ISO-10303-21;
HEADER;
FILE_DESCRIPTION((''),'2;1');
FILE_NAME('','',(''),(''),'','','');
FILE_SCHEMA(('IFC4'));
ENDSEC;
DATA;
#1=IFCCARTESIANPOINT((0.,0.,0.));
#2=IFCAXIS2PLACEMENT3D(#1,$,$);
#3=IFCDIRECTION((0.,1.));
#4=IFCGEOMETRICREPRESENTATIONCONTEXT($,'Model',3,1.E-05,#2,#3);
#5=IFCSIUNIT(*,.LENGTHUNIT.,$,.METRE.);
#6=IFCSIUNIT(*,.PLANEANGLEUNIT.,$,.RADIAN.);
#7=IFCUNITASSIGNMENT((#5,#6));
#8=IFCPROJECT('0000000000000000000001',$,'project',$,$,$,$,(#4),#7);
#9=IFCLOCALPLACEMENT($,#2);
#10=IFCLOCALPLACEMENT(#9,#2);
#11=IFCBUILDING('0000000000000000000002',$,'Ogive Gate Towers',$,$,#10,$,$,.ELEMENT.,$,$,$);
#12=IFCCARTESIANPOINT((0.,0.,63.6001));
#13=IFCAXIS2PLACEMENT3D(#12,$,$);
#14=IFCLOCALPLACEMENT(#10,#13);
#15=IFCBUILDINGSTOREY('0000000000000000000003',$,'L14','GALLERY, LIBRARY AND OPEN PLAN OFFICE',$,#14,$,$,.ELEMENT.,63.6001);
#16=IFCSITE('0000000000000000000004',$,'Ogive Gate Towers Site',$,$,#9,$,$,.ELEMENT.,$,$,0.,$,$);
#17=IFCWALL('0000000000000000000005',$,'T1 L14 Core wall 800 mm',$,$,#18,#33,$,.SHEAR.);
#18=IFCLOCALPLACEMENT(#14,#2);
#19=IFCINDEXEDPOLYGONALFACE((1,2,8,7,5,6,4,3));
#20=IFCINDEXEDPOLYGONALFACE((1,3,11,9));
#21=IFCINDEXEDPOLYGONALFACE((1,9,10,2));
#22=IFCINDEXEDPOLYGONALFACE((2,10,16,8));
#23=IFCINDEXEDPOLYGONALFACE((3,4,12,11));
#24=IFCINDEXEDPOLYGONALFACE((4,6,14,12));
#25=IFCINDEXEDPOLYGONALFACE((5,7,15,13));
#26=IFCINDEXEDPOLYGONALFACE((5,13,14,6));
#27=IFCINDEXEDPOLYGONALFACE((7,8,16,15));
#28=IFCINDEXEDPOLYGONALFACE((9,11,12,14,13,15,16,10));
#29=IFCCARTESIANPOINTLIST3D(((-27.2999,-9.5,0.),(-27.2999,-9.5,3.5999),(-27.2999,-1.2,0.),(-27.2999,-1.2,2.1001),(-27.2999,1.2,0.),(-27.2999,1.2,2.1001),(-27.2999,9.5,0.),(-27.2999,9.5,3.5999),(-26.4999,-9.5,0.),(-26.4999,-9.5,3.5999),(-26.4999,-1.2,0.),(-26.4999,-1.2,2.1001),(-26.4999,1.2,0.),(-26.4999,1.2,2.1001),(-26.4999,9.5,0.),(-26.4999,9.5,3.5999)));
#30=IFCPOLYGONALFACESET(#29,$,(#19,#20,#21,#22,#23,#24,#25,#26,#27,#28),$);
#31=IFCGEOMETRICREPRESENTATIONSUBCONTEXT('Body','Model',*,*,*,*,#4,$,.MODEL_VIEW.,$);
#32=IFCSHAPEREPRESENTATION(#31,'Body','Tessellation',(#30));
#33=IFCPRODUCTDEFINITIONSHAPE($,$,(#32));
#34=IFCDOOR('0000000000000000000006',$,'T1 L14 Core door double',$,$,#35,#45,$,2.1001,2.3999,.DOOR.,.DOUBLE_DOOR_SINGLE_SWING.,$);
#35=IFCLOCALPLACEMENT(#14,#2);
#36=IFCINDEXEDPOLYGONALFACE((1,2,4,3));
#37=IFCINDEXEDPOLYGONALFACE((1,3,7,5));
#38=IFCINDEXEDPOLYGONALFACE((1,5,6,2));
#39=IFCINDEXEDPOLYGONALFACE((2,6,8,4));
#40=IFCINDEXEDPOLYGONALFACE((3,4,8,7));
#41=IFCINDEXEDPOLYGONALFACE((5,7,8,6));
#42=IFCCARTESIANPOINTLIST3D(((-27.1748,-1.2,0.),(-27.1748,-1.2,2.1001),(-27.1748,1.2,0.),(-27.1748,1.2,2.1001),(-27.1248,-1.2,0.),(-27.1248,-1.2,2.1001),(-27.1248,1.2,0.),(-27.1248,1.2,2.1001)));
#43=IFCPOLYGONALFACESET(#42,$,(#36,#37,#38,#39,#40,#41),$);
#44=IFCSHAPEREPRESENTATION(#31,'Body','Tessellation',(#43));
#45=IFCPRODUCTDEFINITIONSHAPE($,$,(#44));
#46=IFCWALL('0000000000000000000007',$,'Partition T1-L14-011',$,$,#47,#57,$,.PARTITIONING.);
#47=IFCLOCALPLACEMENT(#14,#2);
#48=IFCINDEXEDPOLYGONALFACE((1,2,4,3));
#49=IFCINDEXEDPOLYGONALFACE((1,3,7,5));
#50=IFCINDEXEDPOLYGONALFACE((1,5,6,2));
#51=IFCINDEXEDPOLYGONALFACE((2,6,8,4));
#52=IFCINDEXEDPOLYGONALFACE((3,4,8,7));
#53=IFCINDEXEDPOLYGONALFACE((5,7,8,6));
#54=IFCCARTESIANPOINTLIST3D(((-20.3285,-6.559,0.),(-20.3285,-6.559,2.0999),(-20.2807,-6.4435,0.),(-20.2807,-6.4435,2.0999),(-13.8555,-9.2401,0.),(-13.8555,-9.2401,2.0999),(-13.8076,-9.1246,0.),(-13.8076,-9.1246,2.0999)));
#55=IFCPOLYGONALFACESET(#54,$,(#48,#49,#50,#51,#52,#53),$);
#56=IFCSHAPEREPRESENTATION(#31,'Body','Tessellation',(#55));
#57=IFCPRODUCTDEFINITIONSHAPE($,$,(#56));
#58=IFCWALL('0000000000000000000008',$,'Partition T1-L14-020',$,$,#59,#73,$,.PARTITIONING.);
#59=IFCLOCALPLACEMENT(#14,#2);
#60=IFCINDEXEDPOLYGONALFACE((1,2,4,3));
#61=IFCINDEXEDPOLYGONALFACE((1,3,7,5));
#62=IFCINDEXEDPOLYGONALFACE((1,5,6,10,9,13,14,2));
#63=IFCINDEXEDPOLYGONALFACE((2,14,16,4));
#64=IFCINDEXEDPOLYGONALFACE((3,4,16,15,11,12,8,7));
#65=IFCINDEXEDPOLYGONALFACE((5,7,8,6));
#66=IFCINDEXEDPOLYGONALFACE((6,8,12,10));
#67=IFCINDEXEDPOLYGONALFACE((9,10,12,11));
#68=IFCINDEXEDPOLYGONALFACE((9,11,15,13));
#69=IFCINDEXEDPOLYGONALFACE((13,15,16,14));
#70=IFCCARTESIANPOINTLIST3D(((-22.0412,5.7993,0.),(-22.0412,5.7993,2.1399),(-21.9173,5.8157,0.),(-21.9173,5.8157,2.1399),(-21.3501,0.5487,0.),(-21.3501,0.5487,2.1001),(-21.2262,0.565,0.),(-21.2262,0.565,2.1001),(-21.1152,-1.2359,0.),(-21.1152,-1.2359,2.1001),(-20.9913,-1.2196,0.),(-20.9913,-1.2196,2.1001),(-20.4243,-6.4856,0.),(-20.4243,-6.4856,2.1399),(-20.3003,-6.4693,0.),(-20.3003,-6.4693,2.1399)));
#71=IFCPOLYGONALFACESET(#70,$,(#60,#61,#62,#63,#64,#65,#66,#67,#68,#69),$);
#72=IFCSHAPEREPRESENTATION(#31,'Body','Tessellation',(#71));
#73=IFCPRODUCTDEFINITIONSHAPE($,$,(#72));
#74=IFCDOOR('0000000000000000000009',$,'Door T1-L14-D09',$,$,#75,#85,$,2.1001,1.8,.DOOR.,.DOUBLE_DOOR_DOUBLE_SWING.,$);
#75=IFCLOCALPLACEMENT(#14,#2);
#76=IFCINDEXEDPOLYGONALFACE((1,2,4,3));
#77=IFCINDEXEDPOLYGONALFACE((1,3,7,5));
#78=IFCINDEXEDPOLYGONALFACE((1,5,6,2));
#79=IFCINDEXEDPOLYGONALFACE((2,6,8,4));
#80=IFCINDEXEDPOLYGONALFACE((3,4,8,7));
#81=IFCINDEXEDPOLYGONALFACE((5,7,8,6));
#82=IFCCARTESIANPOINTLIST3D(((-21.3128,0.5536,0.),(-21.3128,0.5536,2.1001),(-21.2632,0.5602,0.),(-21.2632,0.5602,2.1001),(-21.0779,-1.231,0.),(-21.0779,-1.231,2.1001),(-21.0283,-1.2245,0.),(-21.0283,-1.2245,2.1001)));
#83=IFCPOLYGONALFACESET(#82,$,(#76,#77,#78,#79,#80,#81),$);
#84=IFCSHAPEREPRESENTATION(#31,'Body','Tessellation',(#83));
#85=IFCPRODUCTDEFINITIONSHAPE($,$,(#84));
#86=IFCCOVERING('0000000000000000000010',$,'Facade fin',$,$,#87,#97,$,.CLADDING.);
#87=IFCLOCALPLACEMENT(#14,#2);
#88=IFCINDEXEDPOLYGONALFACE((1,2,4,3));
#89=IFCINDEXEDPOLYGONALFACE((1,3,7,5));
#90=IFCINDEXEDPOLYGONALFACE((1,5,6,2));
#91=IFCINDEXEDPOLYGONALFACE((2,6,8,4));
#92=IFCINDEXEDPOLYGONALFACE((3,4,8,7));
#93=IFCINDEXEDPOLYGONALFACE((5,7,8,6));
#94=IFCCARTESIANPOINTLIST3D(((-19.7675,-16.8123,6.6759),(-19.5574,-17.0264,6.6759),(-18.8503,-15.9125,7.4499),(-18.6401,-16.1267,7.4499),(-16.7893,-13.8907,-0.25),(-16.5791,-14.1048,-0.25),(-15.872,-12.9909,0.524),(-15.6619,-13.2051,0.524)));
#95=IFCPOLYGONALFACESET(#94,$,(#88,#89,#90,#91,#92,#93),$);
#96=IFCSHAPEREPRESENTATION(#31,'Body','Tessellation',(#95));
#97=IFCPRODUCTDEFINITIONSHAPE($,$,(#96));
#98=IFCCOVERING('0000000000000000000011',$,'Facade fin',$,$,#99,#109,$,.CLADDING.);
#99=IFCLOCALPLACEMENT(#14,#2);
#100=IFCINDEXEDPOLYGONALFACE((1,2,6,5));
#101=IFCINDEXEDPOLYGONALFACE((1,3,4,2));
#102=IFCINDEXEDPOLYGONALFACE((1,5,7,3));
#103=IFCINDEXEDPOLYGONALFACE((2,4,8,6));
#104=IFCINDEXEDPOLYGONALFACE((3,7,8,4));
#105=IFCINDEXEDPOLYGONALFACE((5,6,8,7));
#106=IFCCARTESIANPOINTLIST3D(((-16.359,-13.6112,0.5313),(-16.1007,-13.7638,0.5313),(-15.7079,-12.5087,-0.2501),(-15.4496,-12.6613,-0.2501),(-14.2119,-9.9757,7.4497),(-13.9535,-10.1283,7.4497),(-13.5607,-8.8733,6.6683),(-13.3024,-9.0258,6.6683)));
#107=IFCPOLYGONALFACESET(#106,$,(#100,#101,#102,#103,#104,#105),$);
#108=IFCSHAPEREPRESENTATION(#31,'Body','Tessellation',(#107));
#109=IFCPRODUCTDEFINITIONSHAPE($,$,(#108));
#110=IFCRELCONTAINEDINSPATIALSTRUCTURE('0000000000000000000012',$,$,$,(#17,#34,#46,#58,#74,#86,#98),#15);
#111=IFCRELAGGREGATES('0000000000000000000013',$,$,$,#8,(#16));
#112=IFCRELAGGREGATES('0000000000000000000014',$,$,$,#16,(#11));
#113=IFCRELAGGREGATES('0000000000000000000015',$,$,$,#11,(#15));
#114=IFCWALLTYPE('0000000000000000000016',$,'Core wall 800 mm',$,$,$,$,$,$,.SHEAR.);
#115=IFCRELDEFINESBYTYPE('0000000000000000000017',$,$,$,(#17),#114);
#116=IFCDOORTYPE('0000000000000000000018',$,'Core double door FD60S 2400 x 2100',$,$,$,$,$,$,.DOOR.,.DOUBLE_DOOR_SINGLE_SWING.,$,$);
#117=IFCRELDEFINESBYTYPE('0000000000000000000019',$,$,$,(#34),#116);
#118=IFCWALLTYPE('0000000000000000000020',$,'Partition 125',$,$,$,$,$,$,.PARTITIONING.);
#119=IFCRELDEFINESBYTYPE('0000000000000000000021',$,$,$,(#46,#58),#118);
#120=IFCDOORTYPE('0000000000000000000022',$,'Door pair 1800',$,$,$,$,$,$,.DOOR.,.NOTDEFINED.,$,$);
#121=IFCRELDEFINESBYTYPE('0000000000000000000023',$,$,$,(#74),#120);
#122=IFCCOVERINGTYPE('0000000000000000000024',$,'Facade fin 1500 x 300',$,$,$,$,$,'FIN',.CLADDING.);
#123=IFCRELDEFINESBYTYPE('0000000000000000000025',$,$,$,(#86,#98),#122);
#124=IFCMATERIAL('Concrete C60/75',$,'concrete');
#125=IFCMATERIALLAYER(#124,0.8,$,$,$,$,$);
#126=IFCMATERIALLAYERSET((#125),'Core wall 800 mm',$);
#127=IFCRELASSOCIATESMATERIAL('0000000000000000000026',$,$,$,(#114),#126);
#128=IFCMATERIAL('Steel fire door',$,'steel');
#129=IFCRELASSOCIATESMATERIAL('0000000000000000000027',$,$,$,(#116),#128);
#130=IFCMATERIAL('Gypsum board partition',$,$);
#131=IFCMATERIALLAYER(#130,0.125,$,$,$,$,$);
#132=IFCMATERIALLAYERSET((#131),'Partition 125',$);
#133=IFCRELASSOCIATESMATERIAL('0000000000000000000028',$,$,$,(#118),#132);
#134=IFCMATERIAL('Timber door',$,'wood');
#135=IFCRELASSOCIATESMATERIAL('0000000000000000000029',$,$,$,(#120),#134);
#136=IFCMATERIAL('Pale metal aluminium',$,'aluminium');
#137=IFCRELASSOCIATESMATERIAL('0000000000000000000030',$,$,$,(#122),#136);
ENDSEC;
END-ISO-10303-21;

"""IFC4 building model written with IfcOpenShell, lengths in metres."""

from ifc_helpers import new_model, si_unit, direction, frame, frame_2d, origin, origin_2d, place, context, subcontext, project, spatial, rectangle, extrude, material, layer, layer_set, material_profile, profile_set, type_object, element, fill, save


model = new_model("IFC4")

# Units and contexts
model_context = context("Model", 3, precision=1e-05, world=origin(), true_north=direction((0.0, 1.0)))
body_context = subcontext(model_context, "Body", "Model", "MODEL_VIEW")
ifc_project = project(units=[si_unit("LENGTHUNIT", "METRE"), si_unit("PLANEANGLEUNIT", "RADIAN")], contexts=[model_context])

# Site, building, storey
site_placement = place(None, origin())
site = spatial("IfcSite", under=ifc_project, at=site_placement, Name="Ogive Gate Towers Site", CompositionType="ELEMENT", RefElevation=0.0)
building_placement = place(site_placement, origin())
building = spatial("IfcBuilding", under=site, at=building_placement, Name="Ogive Gate Towers", CompositionType="ELEMENT")
storey_placement = place(building_placement, frame((0.0, 0.0, 63.6001)))
storey = spatial("IfcBuildingStorey", under=building, at=storey_placement, Name="L14", Description="GALLERY, LIBRARY AND OPEN PLAN OFFICE", CompositionType="ELEMENT", Elevation=63.6001)

# Shared definitions
ifc_material_1 = material(Name="Pale metal aluminium", Category="aluminium")

# Wall, opening, door
ifc_material_2 = material(Name="Concrete C60/75", Category="concrete")
ifc_layer_1 = layer(ifc_material_2, 0.8)
ifc_layer_set_1 = layer_set([ifc_layer_1], Name="Core wall 800 mm")
wall_type_1 = type_object("IfcWallType", Name="Core wall 800 mm", PredefinedType="SHEAR", material=ifc_layer_set_1)
wall_1_placement = place(storey_placement, frame((-26.8999, -9.5, 0.0), z_axis=(0.0, 0.0, 1.0), x_axis=(0.0, 1.0, 0.0)))
wall_1 = element("IfcWall", 1, at=wall_1_placement, inside=storey, type_object=wall_type_1, Name="T1 L14 Core wall 800 mm", PredefinedType="SHEAR", context=body_context, shape_type="SweptSolid", body=[
    extrude(rectangle(XDim=19.0, YDim=0.8, at=frame_2d((9.5, 0.0))), origin(), (0.0, 0.0, 1.0), 3.5999),
])
opening_1_placement = place(wall_1_placement, frame((8.3, 0.0, 0.0)))
opening_1 = element("IfcOpeningElement", 2, at=opening_1_placement, cuts=wall_1, PredefinedType="OPENING", context=body_context, shape_type="SweptSolid", body=[
    extrude(rectangle(XDim=2.3999, YDim=2.1001, at=frame_2d((1.2, 1.05))), frame((0.0, 0.4102, 0.0), z_axis=(0.0, -1.0, 0.0), x_axis=(1.0, 0.0, 0.0)), (0.0, 0.0, 1.0), 0.8201),
])
ifc_material_3 = material(Name="Steel fire door", Category="steel")
door_type_1 = type_object("IfcDoorType", Name="Core double door FD60S 2400 x 2100", OperationType="DOUBLE_DOOR_SINGLE_SWING", PredefinedType="DOOR", material=ifc_material_3)
door_1_placement = place(opening_1_placement, origin())
door_1 = element("IfcDoor", 3, at=door_1_placement, inside=storey, type_object=door_type_1, Name="T1 L14 Core door double", OperationType="DOUBLE_DOOR_SINGLE_SWING", OverallHeight=2.1001, OverallWidth=2.3999, PredefinedType="DOOR", context=body_context, shape_type="SweptSolid", body=[
    extrude(rectangle(XDim=2.3999, YDim=2.1001, at=frame_2d((1.2, 1.05))), frame((0.0, 0.2749, 0.0), z_axis=(0.0, -1.0, 0.0), x_axis=(1.0, 0.0, 0.0)), (0.0, 0.0, 1.0), 0.05),
])
fill(opening_1, door_1)

# Wall
ifc_material_4 = material(Name="Gypsum board partition")
ifc_layer_2 = layer(ifc_material_4, 0.125)
ifc_layer_set_2 = layer_set([ifc_layer_2], Name="Partition 125")
wall_type_2 = type_object("IfcWallType", Name="Partition 125", PredefinedType="PARTITIONING", material=ifc_layer_set_2)
wall_2_placement = place(storey_placement, frame((-13.8315, -9.1824, 0.0), z_axis=(0.0, 0.0, 1.0), x_axis=(-0.923885, 0.38267, 0.0)))
element("IfcWall", 4, at=wall_2_placement, inside=storey, type_object=wall_type_2, Name="Partition T1-L14-011", PredefinedType="PARTITIONING", context=body_context, shape_type="SweptSolid", body=[
    extrude(rectangle(XDim=7.0063, YDim=0.125, at=frame_2d((3.5032, 0.0))), origin(), (0.0, 0.0, 1.0), 2.0999),
])

# Wall, opening, door
wall_3_placement = place(storey_placement, frame((-20.3623, -6.4773, 0.0), z_axis=(0.0, 0.0, 1.0), x_axis=(-0.130495, 0.991449, 0.0)))
wall_3 = element("IfcWall", 5, at=wall_3_placement, inside=storey, type_object=wall_type_2, Name="Partition T1-L14-020", PredefinedType="PARTITIONING", context=body_context, shape_type="SweptSolid", body=[
    extrude(rectangle(XDim=12.3909, YDim=0.125, at=frame_2d((6.1953, 0.0))), origin(), (0.0, 0.0, 1.0), 2.1399),
])
opening_2_placement = place(wall_3_placement, frame((5.2949, 0.0, 0.0)))
opening_2 = element("IfcOpeningElement", 6, at=opening_2_placement, cuts=wall_3, PredefinedType="OPENING", context=body_context, shape_type="SweptSolid", body=[
    extrude(rectangle(XDim=1.8, YDim=2.1001, at=frame_2d((0.8999, 1.05))), frame((0.0, 0.0725, 0.0), z_axis=(0.0, -1.0, 0.0), x_axis=(1.0, 0.0, 0.0)), (0.0, 0.0, 1.0), 0.145),
])
ifc_material_5 = material(Name="Timber door", Category="wood")
door_type_2 = type_object("IfcDoorType", Name="Door pair 1800", OperationType="NOTDEFINED", PredefinedType="DOOR", material=ifc_material_5)
door_2_placement = place(opening_2_placement, origin())
door_2 = element("IfcDoor", 7, at=door_2_placement, inside=storey, type_object=door_type_2, Name="Door T1-L14-D09", OperationType="DOUBLE_DOOR_DOUBLE_SWING", OverallHeight=2.1001, OverallWidth=1.8, PredefinedType="DOOR", context=body_context, shape_type="SweptSolid", body=[
    extrude(rectangle(XDim=1.8, YDim=2.1001, at=frame_2d((0.8999, 1.05))), frame((0.0, 0.0249, 0.0), z_axis=(0.0, -1.0, 0.0), x_axis=(1.0, 0.0, 0.0)), (0.0, 0.0, 1.0), 0.05),
])
fill(opening_2, door_2)

# Coverings
ifc_material_profile_1 = material_profile(ifc_material_1, rectangle(XDim=0.3, YDim=1.5, at=origin_2d()), Name="1500 x 300 pale metal aluminium")
ifc_profile_set_1 = profile_set([ifc_material_profile_1], Name="Pale metal aluminium")
covering_type = type_object("IfcCoveringType", Name="Facade fin 1500 x 300", ElementType="FIN", PredefinedType="CLADDING", material=ifc_profile_set_1)
covering_1_placement = place(storey_placement, frame((-16.2256, -13.5479, 0.137), z_axis=(-0.368346, -0.361341, 0.856595), x_axis=(0.700286, -0.713862, 0.0)))
element("IfcCovering", 8, at=covering_1_placement, inside=storey, type_object=covering_type, Name="Facade fin", PredefinedType="CLADDING", context=body_context, shape_type="SweptSolid", body=[
    extrude(rectangle(XDim=0.3, YDim=1.5, at=origin_2d()), origin(), (0.0, 0.0, 1.0), 8.0854),
])
covering_2_placement = place(storey_placement, frame((-15.9043, -13.1362, 0.1406), z_axis=(0.264922, 0.448545, 0.853594), x_axis=(-0.861034, 0.508548, 0.0)))
element("IfcCovering", 9, at=covering_2_placement, inside=storey, type_object=covering_type, Name="Facade fin", PredefinedType="CLADDING", context=body_context, shape_type="SweptSolid", body=[
    extrude(rectangle(XDim=0.3, YDim=1.5, at=origin_2d()), origin(), (0.0, 0.0, 1.0), 8.105),
])

save(model, "model.ifc")
